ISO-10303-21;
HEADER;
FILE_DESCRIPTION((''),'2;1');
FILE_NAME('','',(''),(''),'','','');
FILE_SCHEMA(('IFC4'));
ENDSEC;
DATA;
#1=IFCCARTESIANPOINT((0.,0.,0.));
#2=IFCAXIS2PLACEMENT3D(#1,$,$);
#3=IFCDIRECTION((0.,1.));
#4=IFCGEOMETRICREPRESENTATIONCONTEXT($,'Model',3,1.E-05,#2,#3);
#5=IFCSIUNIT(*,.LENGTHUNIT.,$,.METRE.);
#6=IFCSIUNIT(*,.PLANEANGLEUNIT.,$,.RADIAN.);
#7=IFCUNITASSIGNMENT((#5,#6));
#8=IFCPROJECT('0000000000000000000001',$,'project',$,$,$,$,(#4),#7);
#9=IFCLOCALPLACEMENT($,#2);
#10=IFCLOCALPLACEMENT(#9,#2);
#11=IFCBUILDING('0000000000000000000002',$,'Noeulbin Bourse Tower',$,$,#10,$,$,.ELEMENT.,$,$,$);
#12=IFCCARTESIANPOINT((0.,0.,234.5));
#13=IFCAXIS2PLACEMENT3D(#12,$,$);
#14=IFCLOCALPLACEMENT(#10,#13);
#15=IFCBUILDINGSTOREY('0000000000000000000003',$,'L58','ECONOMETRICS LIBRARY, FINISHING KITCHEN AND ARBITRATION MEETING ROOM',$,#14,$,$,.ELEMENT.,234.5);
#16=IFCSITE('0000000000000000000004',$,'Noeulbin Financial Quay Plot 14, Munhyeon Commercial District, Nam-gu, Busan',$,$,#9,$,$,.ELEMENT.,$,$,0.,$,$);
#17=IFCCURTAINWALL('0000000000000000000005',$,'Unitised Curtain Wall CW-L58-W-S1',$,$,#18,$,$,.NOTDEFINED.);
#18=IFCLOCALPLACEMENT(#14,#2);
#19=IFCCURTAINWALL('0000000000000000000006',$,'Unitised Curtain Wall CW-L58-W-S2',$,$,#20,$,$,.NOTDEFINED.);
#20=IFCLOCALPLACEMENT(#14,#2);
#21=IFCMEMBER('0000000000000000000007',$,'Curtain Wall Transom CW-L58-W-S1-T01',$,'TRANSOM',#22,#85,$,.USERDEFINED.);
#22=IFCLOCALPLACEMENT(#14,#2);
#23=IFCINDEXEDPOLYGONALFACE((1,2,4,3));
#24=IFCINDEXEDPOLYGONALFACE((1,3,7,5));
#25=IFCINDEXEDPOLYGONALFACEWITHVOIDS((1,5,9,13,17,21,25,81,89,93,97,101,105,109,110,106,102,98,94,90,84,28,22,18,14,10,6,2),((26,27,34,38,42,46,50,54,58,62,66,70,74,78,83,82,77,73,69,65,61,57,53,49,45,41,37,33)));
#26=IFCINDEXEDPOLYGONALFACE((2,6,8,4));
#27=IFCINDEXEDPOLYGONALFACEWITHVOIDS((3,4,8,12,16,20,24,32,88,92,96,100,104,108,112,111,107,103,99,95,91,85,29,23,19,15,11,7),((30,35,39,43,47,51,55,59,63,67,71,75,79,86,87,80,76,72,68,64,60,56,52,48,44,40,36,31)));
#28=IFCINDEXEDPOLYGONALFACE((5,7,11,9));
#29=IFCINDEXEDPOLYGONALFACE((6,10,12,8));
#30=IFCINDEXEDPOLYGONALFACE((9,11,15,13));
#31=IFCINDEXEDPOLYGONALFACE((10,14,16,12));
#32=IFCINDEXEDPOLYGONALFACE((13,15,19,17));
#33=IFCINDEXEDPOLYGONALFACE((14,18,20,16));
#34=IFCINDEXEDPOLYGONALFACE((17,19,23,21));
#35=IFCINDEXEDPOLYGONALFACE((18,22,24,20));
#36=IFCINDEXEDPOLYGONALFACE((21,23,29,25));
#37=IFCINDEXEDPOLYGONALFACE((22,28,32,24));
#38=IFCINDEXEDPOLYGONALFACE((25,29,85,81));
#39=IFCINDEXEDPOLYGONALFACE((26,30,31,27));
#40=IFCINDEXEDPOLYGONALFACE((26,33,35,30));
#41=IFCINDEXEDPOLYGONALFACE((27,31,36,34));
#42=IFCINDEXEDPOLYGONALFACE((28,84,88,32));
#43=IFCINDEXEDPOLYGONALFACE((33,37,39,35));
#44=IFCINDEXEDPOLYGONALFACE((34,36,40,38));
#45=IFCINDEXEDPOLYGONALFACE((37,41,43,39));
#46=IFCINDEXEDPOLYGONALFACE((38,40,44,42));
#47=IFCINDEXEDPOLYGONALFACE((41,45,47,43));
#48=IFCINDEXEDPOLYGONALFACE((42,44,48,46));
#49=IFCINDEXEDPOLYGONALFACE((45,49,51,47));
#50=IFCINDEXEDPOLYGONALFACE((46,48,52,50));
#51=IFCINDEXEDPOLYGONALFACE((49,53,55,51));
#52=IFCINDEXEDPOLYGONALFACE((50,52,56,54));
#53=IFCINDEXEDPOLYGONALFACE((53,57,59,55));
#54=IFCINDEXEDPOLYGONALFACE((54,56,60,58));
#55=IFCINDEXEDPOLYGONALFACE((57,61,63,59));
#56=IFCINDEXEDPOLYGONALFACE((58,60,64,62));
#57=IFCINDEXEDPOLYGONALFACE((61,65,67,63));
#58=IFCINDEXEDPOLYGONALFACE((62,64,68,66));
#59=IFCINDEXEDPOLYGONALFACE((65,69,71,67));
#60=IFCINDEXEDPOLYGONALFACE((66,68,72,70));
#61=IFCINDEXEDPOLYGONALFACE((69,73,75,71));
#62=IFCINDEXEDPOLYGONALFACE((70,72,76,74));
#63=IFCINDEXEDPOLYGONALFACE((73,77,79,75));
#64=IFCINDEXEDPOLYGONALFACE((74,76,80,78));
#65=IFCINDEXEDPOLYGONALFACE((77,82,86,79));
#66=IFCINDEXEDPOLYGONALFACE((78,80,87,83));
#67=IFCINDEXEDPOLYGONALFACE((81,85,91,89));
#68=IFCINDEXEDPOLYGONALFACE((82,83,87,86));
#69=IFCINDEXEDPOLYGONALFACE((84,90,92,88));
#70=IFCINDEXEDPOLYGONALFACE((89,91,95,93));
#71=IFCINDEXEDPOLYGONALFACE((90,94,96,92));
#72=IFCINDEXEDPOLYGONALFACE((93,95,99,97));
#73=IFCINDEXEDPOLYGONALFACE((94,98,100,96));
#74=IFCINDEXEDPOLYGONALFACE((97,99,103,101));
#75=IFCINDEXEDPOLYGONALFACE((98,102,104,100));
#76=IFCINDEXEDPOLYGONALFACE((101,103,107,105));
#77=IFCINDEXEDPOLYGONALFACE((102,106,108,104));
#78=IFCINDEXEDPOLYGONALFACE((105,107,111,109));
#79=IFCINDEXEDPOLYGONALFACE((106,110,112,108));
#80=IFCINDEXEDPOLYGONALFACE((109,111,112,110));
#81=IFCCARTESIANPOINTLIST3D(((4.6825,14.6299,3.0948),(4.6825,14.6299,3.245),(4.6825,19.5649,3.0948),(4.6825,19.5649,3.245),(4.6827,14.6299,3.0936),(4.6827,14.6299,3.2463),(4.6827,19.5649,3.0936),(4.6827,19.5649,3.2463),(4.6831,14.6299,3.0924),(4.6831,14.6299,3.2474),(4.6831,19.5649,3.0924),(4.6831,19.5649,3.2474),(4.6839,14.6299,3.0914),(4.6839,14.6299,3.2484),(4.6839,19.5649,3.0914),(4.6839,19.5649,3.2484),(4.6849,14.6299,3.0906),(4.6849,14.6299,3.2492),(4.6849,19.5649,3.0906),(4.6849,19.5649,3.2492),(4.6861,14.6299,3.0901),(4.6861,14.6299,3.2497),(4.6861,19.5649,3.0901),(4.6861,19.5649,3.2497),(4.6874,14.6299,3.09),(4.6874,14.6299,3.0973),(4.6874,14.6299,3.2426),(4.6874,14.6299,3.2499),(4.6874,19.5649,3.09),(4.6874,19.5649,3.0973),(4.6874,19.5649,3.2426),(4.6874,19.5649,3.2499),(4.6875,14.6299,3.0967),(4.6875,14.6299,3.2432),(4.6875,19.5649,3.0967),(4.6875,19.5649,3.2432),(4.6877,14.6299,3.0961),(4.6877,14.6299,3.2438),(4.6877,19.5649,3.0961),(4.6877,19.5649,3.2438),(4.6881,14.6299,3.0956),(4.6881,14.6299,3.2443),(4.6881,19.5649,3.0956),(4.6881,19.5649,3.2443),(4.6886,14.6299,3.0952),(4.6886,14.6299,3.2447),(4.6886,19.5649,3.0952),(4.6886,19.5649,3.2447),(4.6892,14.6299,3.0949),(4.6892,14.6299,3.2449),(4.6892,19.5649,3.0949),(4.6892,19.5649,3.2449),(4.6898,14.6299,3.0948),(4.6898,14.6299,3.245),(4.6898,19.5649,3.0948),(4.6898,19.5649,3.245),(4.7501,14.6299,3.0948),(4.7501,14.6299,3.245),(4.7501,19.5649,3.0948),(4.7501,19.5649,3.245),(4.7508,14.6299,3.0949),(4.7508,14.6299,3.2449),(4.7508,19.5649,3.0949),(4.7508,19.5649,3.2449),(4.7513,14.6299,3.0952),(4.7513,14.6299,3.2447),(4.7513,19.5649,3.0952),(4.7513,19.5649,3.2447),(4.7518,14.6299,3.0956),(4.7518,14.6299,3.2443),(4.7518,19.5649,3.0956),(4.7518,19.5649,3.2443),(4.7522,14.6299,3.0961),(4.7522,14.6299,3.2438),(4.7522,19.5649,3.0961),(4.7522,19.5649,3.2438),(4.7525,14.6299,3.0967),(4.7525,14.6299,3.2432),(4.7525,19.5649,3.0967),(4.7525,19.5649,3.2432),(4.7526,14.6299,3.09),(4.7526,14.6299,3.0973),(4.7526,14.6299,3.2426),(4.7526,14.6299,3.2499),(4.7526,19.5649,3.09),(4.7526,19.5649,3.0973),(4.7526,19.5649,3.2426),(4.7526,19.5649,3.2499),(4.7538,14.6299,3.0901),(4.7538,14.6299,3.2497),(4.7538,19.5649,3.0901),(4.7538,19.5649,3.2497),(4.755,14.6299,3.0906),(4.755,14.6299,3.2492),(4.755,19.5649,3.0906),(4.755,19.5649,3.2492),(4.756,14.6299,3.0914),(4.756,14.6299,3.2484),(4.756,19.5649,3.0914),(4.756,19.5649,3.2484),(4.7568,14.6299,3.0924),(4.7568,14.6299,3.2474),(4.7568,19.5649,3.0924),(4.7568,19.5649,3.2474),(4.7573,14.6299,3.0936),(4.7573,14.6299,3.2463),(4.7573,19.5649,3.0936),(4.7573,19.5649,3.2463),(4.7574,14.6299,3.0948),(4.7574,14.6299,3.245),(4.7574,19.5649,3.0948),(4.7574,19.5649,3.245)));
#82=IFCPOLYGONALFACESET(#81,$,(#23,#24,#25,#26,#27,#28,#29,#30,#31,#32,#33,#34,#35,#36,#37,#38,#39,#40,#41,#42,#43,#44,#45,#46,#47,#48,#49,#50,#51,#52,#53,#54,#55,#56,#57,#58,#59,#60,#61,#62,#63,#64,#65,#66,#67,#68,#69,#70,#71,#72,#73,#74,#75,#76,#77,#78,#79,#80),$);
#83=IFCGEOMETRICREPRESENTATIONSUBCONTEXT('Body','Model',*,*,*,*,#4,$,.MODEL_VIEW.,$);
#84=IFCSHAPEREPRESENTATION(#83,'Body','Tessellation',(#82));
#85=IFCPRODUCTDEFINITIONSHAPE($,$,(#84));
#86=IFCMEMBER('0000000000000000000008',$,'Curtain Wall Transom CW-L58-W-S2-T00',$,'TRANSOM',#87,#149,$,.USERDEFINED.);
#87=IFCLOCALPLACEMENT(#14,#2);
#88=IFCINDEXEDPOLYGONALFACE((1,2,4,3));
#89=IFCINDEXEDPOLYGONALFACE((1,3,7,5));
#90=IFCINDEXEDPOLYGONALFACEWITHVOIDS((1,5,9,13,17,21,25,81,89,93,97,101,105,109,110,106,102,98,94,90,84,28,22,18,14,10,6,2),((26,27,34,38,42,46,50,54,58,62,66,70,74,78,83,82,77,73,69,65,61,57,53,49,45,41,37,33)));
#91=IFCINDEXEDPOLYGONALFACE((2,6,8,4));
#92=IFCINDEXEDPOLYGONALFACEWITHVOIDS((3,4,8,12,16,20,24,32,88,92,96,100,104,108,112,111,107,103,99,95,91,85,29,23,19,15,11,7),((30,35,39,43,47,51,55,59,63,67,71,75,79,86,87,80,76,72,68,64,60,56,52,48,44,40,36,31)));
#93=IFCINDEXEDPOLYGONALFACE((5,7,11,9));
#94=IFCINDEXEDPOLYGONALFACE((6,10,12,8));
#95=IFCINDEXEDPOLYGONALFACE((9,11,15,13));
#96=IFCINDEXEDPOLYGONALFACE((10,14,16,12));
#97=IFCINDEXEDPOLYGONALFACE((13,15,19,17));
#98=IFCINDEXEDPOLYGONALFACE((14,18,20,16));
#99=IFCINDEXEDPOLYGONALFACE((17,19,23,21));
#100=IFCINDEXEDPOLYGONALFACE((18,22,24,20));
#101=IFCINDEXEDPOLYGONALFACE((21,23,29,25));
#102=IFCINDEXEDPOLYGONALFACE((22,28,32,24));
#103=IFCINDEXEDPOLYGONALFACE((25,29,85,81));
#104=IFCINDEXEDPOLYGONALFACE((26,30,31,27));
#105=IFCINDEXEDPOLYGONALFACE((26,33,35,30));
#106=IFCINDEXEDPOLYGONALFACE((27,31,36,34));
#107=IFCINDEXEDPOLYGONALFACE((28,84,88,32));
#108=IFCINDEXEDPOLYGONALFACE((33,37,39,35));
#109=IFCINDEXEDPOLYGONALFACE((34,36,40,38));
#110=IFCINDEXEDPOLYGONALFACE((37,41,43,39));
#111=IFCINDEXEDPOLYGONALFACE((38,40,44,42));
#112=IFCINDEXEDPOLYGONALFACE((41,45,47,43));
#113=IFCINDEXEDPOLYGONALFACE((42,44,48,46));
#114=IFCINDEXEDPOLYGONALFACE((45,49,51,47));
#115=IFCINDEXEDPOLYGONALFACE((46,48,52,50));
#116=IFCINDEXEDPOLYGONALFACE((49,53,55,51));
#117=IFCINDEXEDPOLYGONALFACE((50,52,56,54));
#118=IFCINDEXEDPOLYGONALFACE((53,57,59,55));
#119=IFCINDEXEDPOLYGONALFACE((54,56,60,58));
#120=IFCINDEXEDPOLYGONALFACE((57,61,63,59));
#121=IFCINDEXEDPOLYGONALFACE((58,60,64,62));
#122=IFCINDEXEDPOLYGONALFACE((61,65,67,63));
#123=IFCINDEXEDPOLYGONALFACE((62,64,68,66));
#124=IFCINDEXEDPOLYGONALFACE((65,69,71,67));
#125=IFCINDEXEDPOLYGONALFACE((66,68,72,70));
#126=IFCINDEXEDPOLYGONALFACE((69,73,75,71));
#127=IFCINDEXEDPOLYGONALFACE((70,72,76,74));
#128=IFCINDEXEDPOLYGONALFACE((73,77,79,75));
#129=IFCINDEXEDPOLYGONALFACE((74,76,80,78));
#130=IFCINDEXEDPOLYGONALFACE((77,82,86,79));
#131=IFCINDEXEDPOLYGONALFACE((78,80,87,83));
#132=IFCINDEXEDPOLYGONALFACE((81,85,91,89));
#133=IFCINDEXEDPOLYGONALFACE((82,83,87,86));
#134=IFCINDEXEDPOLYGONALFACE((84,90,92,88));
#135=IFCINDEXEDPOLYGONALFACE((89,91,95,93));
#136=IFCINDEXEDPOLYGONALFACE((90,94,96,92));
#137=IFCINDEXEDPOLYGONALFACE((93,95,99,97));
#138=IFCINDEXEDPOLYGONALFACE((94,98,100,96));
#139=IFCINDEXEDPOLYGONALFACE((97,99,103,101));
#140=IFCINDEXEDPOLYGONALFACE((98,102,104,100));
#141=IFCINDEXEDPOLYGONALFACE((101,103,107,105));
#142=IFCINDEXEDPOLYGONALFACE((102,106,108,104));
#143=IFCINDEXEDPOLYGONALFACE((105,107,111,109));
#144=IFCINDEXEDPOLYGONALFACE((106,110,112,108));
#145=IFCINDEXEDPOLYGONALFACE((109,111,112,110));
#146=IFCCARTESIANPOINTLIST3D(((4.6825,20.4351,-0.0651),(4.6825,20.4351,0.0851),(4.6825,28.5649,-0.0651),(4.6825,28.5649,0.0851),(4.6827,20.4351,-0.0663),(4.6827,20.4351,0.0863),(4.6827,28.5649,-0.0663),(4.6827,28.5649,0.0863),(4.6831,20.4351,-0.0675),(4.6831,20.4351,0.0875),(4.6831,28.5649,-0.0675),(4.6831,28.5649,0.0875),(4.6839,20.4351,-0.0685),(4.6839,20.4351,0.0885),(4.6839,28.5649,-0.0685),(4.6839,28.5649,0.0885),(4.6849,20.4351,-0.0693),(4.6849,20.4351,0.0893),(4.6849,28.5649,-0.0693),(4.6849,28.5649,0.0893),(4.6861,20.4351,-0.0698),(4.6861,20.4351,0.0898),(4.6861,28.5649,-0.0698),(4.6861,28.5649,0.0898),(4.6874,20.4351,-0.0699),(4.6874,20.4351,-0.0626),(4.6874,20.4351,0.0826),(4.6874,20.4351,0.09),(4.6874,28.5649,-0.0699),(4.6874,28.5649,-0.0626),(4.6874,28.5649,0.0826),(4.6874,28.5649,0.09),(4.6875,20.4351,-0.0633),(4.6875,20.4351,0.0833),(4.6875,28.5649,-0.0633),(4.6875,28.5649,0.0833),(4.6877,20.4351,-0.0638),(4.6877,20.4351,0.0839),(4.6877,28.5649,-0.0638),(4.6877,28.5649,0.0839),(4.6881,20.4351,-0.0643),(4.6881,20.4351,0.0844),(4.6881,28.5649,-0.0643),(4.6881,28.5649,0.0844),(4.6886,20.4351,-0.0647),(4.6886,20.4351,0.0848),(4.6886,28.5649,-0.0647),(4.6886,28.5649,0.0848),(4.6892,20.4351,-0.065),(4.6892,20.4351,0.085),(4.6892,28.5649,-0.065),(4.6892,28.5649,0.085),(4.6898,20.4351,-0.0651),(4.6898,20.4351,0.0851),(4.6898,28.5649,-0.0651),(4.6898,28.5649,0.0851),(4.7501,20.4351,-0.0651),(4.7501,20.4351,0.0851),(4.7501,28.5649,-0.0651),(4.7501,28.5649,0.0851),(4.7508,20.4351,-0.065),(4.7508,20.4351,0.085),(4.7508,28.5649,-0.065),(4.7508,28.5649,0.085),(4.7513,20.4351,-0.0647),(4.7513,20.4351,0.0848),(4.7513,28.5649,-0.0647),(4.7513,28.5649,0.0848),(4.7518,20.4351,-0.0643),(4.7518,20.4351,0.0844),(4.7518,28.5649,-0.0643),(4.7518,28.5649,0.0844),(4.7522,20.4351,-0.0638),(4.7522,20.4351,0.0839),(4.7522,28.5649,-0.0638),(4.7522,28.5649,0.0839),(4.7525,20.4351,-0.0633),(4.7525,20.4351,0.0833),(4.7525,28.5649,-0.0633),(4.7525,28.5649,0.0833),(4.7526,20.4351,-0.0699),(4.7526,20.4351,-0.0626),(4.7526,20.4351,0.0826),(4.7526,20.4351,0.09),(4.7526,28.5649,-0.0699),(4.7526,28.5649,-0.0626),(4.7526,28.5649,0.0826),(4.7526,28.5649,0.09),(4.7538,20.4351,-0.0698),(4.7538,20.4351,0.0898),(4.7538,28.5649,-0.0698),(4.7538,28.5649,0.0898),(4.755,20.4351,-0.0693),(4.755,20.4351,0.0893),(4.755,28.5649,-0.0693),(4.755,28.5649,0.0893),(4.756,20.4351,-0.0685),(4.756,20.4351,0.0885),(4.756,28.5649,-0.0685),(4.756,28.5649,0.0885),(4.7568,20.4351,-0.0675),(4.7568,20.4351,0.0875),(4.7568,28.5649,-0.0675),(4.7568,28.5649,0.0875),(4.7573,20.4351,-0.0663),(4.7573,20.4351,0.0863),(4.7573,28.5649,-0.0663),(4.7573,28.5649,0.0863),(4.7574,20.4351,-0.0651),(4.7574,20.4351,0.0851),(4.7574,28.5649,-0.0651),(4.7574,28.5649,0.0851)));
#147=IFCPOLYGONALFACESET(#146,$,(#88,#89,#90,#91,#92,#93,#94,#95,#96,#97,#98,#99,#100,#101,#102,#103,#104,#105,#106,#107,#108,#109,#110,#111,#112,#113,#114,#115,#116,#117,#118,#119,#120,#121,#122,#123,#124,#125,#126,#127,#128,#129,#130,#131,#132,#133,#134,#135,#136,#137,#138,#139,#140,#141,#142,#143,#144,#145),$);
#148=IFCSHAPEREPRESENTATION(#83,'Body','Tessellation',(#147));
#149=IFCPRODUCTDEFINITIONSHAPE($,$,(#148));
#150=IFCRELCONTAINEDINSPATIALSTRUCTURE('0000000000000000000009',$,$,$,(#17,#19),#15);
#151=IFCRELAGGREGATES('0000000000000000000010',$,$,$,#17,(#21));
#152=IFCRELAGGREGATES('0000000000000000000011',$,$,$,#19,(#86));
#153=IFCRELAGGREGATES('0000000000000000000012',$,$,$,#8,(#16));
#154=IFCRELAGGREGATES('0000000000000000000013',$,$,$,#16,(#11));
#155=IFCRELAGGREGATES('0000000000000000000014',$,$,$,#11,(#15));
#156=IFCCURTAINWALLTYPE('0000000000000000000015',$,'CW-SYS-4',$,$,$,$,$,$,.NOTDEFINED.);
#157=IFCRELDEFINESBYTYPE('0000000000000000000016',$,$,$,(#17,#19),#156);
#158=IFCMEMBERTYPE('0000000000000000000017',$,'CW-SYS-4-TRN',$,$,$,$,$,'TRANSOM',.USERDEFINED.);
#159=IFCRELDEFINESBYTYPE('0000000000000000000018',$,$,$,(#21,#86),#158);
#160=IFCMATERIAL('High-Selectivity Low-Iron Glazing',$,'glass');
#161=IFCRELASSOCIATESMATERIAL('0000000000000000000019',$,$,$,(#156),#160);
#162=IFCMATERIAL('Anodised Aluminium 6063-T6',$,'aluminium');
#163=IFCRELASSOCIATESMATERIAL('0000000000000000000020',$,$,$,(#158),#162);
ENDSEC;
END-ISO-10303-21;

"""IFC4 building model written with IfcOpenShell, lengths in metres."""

from ifc_helpers import new_model, si_unit, direction, frame, origin, origin_2d, place, context, subcontext, project, spatial, hollow_rectangle, extrude, material, material_profile, profile_set, type_object, element, aggregate, save


model = new_model("IFC4")

# Units and contexts
model_context = context("Model", 3, precision=1e-05, world=origin(), true_north=direction((0.0, 1.0)))
body_context = subcontext(model_context, "Body", "Model", "MODEL_VIEW")
ifc_project = project(units=[si_unit("LENGTHUNIT", "METRE"), si_unit("PLANEANGLEUNIT", "RADIAN")], contexts=[model_context])

# Site, building, storey
site_placement = place(None, origin())
site = spatial("IfcSite", under=ifc_project, at=site_placement, Name="Noeulbin Financial Quay Plot 14, Munhyeon Commercial District, Nam-gu, Busan", CompositionType="ELEMENT", RefElevation=0.0)
building_placement = place(site_placement, origin())
building = spatial("IfcBuilding", under=site, at=building_placement, Name="Noeulbin Bourse Tower", CompositionType="ELEMENT")
storey_placement = place(building_placement, frame((0.0, 0.0, 234.5)))
storey = spatial("IfcBuildingStorey", under=building, at=storey_placement, Name="L58", Description="ECONOMETRICS LIBRARY, FINISHING KITCHEN AND ARBITRATION MEETING ROOM", CompositionType="ELEMENT", Elevation=234.5)

# Curtain wall
ifc_material_1 = material(Name="High-Selectivity Low-Iron Glazing", Category="glass")
curtain_wall_type = type_object("IfcCurtainWallType", Name="CW-SYS-4", PredefinedType="NOTDEFINED", material=ifc_material_1)
ifc_material_2 = material(Name="Anodised Aluminium 6063-T6", Category="aluminium")
curtain_wall_1_placement = place(storey_placement, origin())
curtain_wall_1 = element("IfcCurtainWall", 1, at=curtain_wall_1_placement, inside=storey, type_object=curtain_wall_type, Name="Unitised Curtain Wall CW-L58-W-S1", PredefinedType="NOTDEFINED")

# Curtain wall
curtain_wall_2_placement = place(storey_placement, origin())
curtain_wall_2 = element("IfcCurtainWall", 2, at=curtain_wall_2_placement, inside=storey, type_object=curtain_wall_type, Name="Unitised Curtain Wall CW-L58-W-S2", PredefinedType="NOTDEFINED")

# Members
ifc_material_profile_1 = material_profile(ifc_material_2, hollow_rectangle(XDim=0.075, YDim=0.1599, WallThickness=0.0049, InnerFilletRadius=0.0024, OuterFilletRadius=0.0049, at=origin_2d()), Name="ALU-TRAN-75x160x5", Category="LoadBearing")
ifc_profile_set_1 = profile_set([ifc_material_profile_1], Name="Anodised Aluminium 6063-T6")
member_type_1 = type_object("IfcMemberType", Name="CW-SYS-4-TRN", ElementType="TRANSOM", PredefinedType="USERDEFINED", material=ifc_profile_set_1)
member_1_placement = place(storey_placement, frame((4.72, 14.6299, 3.1699), z_axis=(0.0, 1.0, 0.0), x_axis=(-1.0, 0.0, 0.0)))
member_1 = element("IfcMember", 3, at=member_1_placement, type_object=member_type_1, Name="Curtain Wall Transom CW-L58-W-S1-T01", ObjectType="TRANSOM", PredefinedType="USERDEFINED", context=body_context, shape_type="SweptSolid", body=[
    extrude(hollow_rectangle(XDim=0.075, YDim=0.1599, WallThickness=0.0049, InnerFilletRadius=0.0024, OuterFilletRadius=0.0049, at=origin_2d()), origin(), (0.0, 0.0, 1.0), 4.9351),
])
member_2_placement = place(storey_placement, frame((4.72, 20.4351, 0.01), z_axis=(0.0, 1.0, 0.0), x_axis=(-1.0, 0.0, 0.0)))
member_2 = element("IfcMember", 4, at=member_2_placement, type_object=member_type_1, Name="Curtain Wall Transom CW-L58-W-S2-T00", ObjectType="TRANSOM", PredefinedType="USERDEFINED", context=body_context, shape_type="SweptSolid", body=[
    extrude(hollow_rectangle(XDim=0.075, YDim=0.1599, WallThickness=0.0049, InnerFilletRadius=0.0024, OuterFilletRadius=0.0049, at=origin_2d()), origin(), (0.0, 0.0, 1.0), 8.1299),
])

aggregate(curtain_wall_1, [member_1])
aggregate(curtain_wall_2, [member_2])

save(model, "model.ifc")
